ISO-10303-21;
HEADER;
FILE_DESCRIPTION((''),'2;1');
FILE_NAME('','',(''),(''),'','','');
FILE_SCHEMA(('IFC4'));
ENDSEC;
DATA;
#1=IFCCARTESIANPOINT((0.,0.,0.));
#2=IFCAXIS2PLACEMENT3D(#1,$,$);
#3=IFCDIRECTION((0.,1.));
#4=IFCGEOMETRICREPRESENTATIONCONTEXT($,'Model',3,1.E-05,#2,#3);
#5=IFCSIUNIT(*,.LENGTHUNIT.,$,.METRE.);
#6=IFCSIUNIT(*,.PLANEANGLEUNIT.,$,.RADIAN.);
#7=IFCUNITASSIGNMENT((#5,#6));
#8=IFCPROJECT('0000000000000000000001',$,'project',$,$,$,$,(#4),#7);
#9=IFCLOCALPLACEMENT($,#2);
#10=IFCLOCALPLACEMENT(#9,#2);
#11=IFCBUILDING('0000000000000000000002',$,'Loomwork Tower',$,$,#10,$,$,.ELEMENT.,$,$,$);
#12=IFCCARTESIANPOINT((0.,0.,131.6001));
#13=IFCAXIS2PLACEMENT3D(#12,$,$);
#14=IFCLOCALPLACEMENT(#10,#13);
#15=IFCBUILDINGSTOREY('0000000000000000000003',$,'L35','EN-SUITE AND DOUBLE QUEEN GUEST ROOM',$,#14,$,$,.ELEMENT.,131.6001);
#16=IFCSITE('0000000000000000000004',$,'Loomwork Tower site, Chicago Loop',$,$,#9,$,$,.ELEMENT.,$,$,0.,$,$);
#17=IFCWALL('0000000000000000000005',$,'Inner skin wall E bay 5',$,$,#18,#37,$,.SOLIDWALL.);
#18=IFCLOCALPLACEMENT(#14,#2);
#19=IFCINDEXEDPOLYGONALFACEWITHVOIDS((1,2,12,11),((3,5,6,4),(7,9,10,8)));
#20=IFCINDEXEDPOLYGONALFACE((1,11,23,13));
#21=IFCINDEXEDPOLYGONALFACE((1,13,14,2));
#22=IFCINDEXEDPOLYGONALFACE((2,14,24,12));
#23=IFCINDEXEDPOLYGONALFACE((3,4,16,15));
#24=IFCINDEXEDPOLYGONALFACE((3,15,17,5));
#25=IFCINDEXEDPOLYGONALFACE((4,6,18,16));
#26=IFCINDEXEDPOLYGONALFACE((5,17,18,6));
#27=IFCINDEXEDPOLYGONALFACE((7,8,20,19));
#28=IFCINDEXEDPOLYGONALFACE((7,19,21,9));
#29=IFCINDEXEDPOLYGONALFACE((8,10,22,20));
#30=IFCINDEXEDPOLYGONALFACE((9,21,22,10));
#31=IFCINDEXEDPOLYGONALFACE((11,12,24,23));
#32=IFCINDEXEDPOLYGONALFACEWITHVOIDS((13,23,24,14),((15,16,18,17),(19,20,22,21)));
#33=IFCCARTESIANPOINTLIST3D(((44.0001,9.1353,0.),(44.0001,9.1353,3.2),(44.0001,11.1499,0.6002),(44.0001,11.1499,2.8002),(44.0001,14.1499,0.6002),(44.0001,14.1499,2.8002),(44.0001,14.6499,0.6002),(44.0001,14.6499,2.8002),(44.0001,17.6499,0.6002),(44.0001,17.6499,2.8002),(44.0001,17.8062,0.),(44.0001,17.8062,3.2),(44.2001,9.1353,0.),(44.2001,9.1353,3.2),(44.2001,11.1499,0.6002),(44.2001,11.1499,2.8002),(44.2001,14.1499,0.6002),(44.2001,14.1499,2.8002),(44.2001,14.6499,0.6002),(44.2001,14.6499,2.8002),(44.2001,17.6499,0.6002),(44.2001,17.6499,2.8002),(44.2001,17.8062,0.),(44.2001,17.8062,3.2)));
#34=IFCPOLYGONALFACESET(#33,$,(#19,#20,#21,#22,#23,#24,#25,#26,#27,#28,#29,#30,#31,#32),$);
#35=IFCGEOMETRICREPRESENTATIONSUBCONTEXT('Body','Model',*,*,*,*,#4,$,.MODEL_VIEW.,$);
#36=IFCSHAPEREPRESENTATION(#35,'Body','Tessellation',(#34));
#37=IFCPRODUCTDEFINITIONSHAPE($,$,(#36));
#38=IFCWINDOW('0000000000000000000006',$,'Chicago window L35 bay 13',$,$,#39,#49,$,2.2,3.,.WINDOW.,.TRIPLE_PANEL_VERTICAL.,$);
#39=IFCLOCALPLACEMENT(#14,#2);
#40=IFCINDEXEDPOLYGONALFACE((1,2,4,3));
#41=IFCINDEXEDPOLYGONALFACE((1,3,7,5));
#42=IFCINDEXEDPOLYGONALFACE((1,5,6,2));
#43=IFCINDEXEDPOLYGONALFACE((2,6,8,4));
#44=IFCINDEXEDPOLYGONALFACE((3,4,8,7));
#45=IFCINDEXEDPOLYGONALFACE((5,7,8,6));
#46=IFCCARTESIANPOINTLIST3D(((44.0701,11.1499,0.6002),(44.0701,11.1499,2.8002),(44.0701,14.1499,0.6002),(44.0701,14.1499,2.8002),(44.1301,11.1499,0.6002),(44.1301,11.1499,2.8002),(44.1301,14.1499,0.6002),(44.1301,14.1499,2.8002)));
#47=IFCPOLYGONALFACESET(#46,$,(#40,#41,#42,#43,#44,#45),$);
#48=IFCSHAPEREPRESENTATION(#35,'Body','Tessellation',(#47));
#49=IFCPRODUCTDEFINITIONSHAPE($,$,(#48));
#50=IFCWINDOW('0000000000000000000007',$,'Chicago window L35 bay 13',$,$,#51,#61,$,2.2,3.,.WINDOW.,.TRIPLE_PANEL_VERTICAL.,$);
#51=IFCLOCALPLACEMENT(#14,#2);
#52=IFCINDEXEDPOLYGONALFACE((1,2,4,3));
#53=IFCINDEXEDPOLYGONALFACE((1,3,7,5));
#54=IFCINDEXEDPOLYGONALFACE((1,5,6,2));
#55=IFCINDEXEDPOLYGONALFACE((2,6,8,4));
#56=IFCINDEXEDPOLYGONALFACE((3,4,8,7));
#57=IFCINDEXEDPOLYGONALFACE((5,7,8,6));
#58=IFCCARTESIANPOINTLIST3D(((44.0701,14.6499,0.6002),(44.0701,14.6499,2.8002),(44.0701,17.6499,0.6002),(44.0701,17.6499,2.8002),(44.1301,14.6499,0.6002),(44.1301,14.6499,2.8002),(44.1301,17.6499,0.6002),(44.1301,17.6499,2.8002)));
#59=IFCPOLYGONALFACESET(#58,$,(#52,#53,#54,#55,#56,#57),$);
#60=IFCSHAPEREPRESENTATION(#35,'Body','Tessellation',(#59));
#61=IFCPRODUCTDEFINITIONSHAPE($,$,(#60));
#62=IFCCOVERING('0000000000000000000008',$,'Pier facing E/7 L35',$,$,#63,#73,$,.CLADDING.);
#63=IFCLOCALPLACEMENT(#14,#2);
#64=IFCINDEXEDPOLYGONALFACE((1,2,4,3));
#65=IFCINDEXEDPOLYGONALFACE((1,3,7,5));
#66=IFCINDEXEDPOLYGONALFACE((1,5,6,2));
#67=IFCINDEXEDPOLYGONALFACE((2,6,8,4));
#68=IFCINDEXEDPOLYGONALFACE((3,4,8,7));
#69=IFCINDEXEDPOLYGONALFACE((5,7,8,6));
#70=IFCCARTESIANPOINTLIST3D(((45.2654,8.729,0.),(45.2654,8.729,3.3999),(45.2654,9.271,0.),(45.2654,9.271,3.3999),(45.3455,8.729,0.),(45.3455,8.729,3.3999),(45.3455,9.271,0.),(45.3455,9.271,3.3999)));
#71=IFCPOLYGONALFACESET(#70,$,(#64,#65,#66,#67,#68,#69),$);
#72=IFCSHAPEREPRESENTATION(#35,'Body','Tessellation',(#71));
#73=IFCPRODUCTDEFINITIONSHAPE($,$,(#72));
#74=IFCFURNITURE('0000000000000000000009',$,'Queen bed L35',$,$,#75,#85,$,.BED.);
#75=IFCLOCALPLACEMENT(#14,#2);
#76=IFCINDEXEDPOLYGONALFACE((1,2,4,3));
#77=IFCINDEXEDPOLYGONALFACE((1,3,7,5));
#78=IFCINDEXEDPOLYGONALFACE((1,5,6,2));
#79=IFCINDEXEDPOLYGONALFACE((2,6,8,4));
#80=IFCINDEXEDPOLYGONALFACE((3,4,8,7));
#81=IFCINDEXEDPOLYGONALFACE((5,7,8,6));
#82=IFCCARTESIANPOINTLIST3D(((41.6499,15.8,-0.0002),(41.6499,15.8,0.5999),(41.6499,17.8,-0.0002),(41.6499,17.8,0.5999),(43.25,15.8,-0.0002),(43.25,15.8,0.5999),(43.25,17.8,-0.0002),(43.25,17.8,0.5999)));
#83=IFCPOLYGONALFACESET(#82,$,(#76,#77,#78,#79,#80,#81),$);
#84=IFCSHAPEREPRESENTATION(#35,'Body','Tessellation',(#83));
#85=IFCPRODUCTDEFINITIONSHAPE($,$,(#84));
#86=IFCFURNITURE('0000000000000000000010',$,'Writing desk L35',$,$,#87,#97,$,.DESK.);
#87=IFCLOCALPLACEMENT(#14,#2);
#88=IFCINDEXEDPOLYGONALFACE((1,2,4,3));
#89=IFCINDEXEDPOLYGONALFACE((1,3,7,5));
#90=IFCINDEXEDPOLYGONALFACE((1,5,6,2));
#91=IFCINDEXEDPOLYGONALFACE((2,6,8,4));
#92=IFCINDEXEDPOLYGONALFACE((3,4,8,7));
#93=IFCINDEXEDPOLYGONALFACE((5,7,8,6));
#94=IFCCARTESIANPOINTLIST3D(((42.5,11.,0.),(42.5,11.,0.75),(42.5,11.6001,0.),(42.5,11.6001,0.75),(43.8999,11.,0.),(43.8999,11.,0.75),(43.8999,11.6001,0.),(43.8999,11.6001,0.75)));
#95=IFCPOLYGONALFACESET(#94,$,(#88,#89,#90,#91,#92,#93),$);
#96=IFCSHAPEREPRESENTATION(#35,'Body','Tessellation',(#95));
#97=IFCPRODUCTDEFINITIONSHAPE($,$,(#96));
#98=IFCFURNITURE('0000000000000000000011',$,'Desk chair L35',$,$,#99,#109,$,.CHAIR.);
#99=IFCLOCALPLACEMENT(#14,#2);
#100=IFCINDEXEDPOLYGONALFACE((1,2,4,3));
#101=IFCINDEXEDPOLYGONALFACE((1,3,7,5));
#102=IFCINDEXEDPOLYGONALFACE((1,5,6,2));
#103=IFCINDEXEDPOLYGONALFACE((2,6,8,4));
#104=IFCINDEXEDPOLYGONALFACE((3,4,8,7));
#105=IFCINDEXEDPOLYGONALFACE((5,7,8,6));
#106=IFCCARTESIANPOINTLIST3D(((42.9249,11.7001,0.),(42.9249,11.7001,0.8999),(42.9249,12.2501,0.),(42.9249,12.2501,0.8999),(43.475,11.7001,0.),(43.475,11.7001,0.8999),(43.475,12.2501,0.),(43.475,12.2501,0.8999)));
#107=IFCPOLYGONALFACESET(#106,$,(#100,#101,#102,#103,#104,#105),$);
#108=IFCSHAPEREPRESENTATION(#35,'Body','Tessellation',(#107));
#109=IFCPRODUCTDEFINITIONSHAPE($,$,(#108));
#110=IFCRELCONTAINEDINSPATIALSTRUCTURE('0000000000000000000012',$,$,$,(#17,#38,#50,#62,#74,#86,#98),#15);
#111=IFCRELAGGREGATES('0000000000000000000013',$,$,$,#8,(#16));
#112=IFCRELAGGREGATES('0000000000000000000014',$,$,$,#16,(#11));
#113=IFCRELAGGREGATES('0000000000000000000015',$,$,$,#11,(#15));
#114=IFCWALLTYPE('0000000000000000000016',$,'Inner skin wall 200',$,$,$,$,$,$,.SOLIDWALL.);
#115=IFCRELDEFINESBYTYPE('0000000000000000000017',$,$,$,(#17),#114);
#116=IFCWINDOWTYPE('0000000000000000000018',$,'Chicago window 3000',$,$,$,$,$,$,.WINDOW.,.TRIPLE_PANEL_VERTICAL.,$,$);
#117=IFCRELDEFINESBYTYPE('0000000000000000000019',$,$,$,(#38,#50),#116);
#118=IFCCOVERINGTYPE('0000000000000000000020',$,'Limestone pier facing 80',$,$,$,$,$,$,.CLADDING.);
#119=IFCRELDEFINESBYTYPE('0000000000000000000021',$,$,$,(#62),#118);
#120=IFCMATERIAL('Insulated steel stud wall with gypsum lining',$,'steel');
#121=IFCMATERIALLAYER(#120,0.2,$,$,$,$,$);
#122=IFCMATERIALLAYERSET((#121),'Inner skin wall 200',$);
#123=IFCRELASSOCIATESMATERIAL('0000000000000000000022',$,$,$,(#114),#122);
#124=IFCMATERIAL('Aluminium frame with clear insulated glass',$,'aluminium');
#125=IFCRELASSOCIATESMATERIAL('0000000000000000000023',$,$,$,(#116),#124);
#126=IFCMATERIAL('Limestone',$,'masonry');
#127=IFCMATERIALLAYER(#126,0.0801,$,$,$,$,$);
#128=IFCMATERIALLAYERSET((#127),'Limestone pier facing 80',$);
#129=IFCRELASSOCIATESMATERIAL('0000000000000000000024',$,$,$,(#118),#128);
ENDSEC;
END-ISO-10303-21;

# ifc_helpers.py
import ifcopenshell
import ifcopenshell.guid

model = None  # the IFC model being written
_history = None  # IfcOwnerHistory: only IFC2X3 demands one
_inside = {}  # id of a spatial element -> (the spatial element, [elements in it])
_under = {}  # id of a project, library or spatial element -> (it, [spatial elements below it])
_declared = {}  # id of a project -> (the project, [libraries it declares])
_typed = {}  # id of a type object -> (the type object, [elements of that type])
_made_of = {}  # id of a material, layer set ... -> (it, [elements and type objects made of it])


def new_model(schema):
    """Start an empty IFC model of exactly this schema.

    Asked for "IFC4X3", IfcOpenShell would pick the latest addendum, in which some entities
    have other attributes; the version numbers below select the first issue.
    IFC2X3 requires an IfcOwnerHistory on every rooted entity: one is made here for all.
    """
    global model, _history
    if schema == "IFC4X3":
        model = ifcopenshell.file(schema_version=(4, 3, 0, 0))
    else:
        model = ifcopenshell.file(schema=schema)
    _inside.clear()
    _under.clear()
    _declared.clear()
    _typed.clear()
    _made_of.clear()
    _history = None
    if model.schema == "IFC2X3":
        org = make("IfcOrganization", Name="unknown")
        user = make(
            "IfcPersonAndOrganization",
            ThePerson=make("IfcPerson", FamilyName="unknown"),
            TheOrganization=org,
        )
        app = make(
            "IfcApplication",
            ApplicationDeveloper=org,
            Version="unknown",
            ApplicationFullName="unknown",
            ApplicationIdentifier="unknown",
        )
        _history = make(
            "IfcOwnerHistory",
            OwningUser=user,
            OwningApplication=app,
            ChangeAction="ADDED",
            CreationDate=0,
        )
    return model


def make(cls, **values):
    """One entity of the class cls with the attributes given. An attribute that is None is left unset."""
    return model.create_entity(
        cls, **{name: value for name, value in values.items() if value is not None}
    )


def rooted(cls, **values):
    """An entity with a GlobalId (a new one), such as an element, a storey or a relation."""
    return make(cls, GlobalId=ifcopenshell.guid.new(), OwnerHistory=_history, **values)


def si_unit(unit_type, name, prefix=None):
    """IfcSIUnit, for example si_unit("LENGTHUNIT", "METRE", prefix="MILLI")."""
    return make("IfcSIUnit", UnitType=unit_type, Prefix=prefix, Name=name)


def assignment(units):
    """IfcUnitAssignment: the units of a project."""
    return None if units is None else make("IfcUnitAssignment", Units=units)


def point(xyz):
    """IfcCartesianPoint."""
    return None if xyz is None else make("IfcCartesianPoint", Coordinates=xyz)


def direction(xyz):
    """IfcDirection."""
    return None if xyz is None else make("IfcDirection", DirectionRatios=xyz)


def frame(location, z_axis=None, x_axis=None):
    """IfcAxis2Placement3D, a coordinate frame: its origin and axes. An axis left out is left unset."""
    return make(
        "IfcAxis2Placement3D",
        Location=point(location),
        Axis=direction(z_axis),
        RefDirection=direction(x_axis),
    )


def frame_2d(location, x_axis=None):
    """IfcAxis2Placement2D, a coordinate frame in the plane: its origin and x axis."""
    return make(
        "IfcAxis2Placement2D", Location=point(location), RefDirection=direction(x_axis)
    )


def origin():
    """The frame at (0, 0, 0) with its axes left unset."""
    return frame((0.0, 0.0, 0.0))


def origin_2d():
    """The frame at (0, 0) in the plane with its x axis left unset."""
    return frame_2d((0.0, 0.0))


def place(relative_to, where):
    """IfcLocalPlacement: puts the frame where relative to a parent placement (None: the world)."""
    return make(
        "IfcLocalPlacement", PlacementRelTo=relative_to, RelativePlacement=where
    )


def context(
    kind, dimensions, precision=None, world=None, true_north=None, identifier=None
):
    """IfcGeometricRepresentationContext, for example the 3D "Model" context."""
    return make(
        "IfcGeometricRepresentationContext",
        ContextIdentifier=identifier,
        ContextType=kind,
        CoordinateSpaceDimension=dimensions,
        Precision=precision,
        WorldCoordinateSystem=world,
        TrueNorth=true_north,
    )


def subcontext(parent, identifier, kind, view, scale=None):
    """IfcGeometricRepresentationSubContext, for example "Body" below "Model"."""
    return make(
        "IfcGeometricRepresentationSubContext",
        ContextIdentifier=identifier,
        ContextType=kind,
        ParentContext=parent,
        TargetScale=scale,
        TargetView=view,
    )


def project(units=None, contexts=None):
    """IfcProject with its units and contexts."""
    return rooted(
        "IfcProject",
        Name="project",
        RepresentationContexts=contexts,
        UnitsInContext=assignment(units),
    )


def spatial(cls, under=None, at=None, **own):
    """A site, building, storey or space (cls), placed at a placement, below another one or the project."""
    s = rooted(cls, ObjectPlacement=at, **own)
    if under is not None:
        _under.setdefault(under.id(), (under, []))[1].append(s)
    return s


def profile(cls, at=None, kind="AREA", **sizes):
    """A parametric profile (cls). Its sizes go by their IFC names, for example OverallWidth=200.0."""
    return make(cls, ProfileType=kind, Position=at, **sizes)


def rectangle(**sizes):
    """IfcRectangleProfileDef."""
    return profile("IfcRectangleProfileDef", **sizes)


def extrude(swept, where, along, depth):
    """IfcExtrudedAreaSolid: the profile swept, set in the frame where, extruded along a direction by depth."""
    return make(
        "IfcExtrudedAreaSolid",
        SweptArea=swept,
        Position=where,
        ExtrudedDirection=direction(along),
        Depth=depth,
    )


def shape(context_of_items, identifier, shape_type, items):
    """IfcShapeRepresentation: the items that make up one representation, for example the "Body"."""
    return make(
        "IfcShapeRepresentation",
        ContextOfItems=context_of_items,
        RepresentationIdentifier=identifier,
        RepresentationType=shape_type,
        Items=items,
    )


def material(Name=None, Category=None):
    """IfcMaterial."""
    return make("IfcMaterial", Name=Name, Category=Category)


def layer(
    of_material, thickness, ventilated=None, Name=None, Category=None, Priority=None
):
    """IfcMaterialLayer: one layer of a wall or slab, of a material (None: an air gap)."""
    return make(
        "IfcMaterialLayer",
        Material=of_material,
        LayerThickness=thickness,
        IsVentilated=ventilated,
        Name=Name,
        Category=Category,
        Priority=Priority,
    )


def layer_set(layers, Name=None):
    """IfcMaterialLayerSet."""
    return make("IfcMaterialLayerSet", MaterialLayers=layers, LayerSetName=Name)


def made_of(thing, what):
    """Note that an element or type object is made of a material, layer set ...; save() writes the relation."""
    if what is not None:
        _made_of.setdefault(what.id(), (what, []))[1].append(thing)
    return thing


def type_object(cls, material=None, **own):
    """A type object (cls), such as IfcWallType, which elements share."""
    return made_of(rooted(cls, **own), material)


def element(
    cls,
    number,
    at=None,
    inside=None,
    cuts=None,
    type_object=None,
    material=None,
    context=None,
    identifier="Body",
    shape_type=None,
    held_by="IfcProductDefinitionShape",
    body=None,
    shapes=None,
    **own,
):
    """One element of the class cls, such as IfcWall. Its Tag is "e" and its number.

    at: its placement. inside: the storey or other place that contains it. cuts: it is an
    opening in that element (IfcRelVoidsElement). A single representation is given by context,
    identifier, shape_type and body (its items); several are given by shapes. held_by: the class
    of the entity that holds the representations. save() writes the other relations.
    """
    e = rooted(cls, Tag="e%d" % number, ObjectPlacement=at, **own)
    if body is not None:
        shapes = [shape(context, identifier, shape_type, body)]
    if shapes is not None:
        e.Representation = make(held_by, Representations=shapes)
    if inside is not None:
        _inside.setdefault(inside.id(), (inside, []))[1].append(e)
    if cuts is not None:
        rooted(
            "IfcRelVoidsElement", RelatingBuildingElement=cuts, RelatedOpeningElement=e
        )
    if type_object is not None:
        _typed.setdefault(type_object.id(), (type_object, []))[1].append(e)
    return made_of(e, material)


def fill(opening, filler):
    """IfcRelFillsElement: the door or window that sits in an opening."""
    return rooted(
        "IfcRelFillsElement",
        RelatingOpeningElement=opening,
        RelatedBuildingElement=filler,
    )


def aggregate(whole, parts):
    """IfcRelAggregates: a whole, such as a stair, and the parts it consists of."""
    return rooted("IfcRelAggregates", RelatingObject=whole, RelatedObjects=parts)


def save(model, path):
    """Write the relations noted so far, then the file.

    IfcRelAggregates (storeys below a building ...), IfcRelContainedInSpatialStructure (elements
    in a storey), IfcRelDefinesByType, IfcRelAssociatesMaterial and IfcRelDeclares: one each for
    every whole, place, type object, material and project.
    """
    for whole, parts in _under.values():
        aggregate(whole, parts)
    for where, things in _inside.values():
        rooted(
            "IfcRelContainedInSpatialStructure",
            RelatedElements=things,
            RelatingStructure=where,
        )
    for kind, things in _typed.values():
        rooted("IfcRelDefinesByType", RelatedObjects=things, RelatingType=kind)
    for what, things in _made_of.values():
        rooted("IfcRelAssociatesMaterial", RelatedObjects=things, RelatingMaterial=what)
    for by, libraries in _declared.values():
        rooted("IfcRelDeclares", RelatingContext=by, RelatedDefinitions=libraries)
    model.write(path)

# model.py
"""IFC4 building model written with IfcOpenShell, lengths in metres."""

from ifc_helpers import new_model, si_unit, direction, frame, frame_2d, origin, origin_2d, place, context, subcontext, project, spatial, rectangle, extrude, material, layer, layer_set, type_object, element, fill, save


model = new_model("IFC4")

# Units and contexts
model_context = context("Model", 3, precision=1e-05, world=origin(), true_north=direction((0.0, 1.0)))
body_context = subcontext(model_context, "Body", "Model", "MODEL_VIEW")
ifc_project = project(units=[si_unit("LENGTHUNIT", "METRE"), si_unit("PLANEANGLEUNIT", "RADIAN")], contexts=[model_context])

# Site, building, storey
site_placement = place(None, origin())
site = spatial("IfcSite", under=ifc_project, at=site_placement, Name="Loomwork Tower site, Chicago Loop", CompositionType="ELEMENT", RefElevation=0.0)
building_placement = place(site_placement, origin())
building = spatial("IfcBuilding", under=site, at=building_placement, Name="Loomwork Tower", CompositionType="ELEMENT")
storey_placement = place(building_placement, frame((0.0, 0.0, 131.6001)))
storey = spatial("IfcBuildingStorey", under=building, at=storey_placement, Name="L35", Description="EN-SUITE AND DOUBLE QUEEN GUEST ROOM", CompositionType="ELEMENT", Elevation=131.6001)

# Shared definitions
ifc_material_1 = material(Name="Insulated steel stud wall with gypsum lining", Category="steel")
ifc_layer_1 = layer(ifc_material_1, 0.2)
ifc_layer_set_1 = layer_set([ifc_layer_1], Name="Inner skin wall 200")
wall_type = type_object("IfcWallType", Name="Inner skin wall 200", PredefinedType="SOLIDWALL", material=ifc_layer_set_1)

# Wall, openings, windows
wall_1_placement = place(storey_placement, frame((44.1001, 9.1353, 0.0), z_axis=(0.0, 0.0, 1.0), x_axis=(0.0, 1.0, 0.0)))
wall_1 = element("IfcWall", 1, at=wall_1_placement, inside=storey, type_object=wall_type, Name="Inner skin wall E bay 5", PredefinedType="SOLIDWALL", context=body_context, shape_type="SweptSolid", body=[
    extrude(rectangle(XDim=8.6709, YDim=0.2, at=frame_2d((4.3354, 0.0))), origin(), (0.0, 0.0, 1.0), 3.2),
])
opening_1_placement = place(wall_1_placement, frame((2.0146, 0.0, 0.6001)))
opening_1 = element("IfcOpeningElement", 2, at=opening_1_placement, cuts=wall_1, PredefinedType="OPENING", context=body_context, shape_type="SweptSolid", body=[
    extrude(rectangle(XDim=3.0, YDim=2.2, at=frame_2d((1.5, 1.1001))), frame((0.0, 0.1099, 0.0), z_axis=(0.0, -1.0, 0.0), x_axis=(1.0, 0.0, 0.0)), (0.0, 0.0, 1.0), 0.22),
])
opening_2_placement = place(wall_1_placement, frame((5.5146, 0.0, 0.6001)))
opening_2 = element("IfcOpeningElement", 3, at=opening_2_placement, cuts=wall_1, PredefinedType="OPENING", context=body_context, shape_type="SweptSolid", body=[
    extrude(rectangle(XDim=3.0, YDim=2.2, at=frame_2d((1.5, 1.1001))), frame((0.0, 0.1099, 0.0), z_axis=(0.0, -1.0, 0.0), x_axis=(1.0, 0.0, 0.0)), (0.0, 0.0, 1.0), 0.22),
])
ifc_material_2 = material(Name="Aluminium frame with clear insulated glass", Category="aluminium")
window_type = type_object("IfcWindowType", Name="Chicago window 3000", PartitioningType="TRIPLE_PANEL_VERTICAL", PredefinedType="WINDOW", material=ifc_material_2)
window_1_placement = place(opening_1_placement, origin())
window_1 = element("IfcWindow", 4, at=window_1_placement, inside=storey, type_object=window_type, Name="Chicago window L35 bay 13", OverallHeight=2.2, OverallWidth=3.0, PartitioningType="TRIPLE_PANEL_VERTICAL", PredefinedType="WINDOW", context=body_context, shape_type="SweptSolid", body=[
    extrude(rectangle(XDim=3.0, YDim=2.2, at=frame_2d((1.5, 1.1001))), frame((0.0, 0.03, 0.0), z_axis=(0.0, -1.0, 0.0), x_axis=(1.0, 0.0, 0.0)), (0.0, 0.0, 1.0), 0.0601),
])
fill(opening_1, window_1)
window_2_placement = place(opening_2_placement, origin())
window_2 = element("IfcWindow", 5, at=window_2_placement, inside=storey, type_object=window_type, Name="Chicago window L35 bay 13", OverallHeight=2.2, OverallWidth=3.0, PartitioningType="TRIPLE_PANEL_VERTICAL", PredefinedType="WINDOW", context=body_context, shape_type="SweptSolid", body=[
    extrude(rectangle(XDim=3.0, YDim=2.2, at=frame_2d((1.5, 1.1001))), frame((0.0, 0.03, 0.0), z_axis=(0.0, -1.0, 0.0), x_axis=(1.0, 0.0, 0.0)), (0.0, 0.0, 1.0), 0.0601),
])
fill(opening_2, window_2)

# Covering
ifc_material_3 = material(Name="Limestone", Category="masonry")
ifc_layer_2 = layer(ifc_material_3, 0.0801)
ifc_layer_set_2 = layer_set([ifc_layer_2], Name="Limestone pier facing 80")
covering_type = type_object("IfcCoveringType", Name="Limestone pier facing 80", PredefinedType="CLADDING", material=ifc_layer_set_2)
covering_placement = place(storey_placement, frame((45.3054, 9.0, 0.0), z_axis=(0.0, 0.0, 1.0), x_axis=(1.0, 0.0, 0.0)))
element("IfcCovering", 6, at=covering_placement, inside=storey, type_object=covering_type, Name="Pier facing E/7 L35", PredefinedType="CLADDING", context=body_context, shape_type="SweptSolid", body=[
    extrude(rectangle(XDim=0.0801, YDim=0.542, at=origin_2d()), origin(), (0.0, 0.0, 1.0), 3.3999),
])

# Furniture
furniture_1_placement = place(storey_placement, frame((42.45, 16.8, -0.0002), z_axis=(0.0, 0.0, 1.0), x_axis=(1.0, 0.0, 0.0)))
element("IfcFurniture", 7, at=furniture_1_placement, inside=storey, Name="Queen bed L35", PredefinedType="BED", context=body_context, shape_type="SweptSolid", body=[
    extrude(rectangle(XDim=1.6001, YDim=2.0, at=origin_2d()), origin(), (0.0, 0.0, 1.0), 0.6001),
])
furniture_2_placement = place(storey_placement, frame((43.2, 11.3, 0.0), z_axis=(0.0, 0.0, 1.0), x_axis=(1.0, 0.0, 0.0)))
element("IfcFurniture", 8, at=furniture_2_placement, inside=storey, Name="Writing desk L35", PredefinedType="DESK", context=body_context, shape_type="SweptSolid", body=[
    extrude(rectangle(XDim=1.3999, YDim=0.6001, at=origin_2d()), origin(), (0.0, 0.0, 1.0), 0.75),
])
furniture_3_placement = place(storey_placement, frame((43.2, 11.9751, 0.0), z_axis=(0.0, 0.0, 1.0), x_axis=(1.0, 0.0, 0.0)))
element("IfcFurniture", 9, at=furniture_3_placement, inside=storey, Name="Desk chair L35", PredefinedType="CHAIR", context=body_context, shape_type="SweptSolid", body=[
    extrude(rectangle(XDim=0.55, YDim=0.55, at=origin_2d()), origin(), (0.0, 0.0, 1.0), 0.8999),
])

save(model, "model.ifc")
